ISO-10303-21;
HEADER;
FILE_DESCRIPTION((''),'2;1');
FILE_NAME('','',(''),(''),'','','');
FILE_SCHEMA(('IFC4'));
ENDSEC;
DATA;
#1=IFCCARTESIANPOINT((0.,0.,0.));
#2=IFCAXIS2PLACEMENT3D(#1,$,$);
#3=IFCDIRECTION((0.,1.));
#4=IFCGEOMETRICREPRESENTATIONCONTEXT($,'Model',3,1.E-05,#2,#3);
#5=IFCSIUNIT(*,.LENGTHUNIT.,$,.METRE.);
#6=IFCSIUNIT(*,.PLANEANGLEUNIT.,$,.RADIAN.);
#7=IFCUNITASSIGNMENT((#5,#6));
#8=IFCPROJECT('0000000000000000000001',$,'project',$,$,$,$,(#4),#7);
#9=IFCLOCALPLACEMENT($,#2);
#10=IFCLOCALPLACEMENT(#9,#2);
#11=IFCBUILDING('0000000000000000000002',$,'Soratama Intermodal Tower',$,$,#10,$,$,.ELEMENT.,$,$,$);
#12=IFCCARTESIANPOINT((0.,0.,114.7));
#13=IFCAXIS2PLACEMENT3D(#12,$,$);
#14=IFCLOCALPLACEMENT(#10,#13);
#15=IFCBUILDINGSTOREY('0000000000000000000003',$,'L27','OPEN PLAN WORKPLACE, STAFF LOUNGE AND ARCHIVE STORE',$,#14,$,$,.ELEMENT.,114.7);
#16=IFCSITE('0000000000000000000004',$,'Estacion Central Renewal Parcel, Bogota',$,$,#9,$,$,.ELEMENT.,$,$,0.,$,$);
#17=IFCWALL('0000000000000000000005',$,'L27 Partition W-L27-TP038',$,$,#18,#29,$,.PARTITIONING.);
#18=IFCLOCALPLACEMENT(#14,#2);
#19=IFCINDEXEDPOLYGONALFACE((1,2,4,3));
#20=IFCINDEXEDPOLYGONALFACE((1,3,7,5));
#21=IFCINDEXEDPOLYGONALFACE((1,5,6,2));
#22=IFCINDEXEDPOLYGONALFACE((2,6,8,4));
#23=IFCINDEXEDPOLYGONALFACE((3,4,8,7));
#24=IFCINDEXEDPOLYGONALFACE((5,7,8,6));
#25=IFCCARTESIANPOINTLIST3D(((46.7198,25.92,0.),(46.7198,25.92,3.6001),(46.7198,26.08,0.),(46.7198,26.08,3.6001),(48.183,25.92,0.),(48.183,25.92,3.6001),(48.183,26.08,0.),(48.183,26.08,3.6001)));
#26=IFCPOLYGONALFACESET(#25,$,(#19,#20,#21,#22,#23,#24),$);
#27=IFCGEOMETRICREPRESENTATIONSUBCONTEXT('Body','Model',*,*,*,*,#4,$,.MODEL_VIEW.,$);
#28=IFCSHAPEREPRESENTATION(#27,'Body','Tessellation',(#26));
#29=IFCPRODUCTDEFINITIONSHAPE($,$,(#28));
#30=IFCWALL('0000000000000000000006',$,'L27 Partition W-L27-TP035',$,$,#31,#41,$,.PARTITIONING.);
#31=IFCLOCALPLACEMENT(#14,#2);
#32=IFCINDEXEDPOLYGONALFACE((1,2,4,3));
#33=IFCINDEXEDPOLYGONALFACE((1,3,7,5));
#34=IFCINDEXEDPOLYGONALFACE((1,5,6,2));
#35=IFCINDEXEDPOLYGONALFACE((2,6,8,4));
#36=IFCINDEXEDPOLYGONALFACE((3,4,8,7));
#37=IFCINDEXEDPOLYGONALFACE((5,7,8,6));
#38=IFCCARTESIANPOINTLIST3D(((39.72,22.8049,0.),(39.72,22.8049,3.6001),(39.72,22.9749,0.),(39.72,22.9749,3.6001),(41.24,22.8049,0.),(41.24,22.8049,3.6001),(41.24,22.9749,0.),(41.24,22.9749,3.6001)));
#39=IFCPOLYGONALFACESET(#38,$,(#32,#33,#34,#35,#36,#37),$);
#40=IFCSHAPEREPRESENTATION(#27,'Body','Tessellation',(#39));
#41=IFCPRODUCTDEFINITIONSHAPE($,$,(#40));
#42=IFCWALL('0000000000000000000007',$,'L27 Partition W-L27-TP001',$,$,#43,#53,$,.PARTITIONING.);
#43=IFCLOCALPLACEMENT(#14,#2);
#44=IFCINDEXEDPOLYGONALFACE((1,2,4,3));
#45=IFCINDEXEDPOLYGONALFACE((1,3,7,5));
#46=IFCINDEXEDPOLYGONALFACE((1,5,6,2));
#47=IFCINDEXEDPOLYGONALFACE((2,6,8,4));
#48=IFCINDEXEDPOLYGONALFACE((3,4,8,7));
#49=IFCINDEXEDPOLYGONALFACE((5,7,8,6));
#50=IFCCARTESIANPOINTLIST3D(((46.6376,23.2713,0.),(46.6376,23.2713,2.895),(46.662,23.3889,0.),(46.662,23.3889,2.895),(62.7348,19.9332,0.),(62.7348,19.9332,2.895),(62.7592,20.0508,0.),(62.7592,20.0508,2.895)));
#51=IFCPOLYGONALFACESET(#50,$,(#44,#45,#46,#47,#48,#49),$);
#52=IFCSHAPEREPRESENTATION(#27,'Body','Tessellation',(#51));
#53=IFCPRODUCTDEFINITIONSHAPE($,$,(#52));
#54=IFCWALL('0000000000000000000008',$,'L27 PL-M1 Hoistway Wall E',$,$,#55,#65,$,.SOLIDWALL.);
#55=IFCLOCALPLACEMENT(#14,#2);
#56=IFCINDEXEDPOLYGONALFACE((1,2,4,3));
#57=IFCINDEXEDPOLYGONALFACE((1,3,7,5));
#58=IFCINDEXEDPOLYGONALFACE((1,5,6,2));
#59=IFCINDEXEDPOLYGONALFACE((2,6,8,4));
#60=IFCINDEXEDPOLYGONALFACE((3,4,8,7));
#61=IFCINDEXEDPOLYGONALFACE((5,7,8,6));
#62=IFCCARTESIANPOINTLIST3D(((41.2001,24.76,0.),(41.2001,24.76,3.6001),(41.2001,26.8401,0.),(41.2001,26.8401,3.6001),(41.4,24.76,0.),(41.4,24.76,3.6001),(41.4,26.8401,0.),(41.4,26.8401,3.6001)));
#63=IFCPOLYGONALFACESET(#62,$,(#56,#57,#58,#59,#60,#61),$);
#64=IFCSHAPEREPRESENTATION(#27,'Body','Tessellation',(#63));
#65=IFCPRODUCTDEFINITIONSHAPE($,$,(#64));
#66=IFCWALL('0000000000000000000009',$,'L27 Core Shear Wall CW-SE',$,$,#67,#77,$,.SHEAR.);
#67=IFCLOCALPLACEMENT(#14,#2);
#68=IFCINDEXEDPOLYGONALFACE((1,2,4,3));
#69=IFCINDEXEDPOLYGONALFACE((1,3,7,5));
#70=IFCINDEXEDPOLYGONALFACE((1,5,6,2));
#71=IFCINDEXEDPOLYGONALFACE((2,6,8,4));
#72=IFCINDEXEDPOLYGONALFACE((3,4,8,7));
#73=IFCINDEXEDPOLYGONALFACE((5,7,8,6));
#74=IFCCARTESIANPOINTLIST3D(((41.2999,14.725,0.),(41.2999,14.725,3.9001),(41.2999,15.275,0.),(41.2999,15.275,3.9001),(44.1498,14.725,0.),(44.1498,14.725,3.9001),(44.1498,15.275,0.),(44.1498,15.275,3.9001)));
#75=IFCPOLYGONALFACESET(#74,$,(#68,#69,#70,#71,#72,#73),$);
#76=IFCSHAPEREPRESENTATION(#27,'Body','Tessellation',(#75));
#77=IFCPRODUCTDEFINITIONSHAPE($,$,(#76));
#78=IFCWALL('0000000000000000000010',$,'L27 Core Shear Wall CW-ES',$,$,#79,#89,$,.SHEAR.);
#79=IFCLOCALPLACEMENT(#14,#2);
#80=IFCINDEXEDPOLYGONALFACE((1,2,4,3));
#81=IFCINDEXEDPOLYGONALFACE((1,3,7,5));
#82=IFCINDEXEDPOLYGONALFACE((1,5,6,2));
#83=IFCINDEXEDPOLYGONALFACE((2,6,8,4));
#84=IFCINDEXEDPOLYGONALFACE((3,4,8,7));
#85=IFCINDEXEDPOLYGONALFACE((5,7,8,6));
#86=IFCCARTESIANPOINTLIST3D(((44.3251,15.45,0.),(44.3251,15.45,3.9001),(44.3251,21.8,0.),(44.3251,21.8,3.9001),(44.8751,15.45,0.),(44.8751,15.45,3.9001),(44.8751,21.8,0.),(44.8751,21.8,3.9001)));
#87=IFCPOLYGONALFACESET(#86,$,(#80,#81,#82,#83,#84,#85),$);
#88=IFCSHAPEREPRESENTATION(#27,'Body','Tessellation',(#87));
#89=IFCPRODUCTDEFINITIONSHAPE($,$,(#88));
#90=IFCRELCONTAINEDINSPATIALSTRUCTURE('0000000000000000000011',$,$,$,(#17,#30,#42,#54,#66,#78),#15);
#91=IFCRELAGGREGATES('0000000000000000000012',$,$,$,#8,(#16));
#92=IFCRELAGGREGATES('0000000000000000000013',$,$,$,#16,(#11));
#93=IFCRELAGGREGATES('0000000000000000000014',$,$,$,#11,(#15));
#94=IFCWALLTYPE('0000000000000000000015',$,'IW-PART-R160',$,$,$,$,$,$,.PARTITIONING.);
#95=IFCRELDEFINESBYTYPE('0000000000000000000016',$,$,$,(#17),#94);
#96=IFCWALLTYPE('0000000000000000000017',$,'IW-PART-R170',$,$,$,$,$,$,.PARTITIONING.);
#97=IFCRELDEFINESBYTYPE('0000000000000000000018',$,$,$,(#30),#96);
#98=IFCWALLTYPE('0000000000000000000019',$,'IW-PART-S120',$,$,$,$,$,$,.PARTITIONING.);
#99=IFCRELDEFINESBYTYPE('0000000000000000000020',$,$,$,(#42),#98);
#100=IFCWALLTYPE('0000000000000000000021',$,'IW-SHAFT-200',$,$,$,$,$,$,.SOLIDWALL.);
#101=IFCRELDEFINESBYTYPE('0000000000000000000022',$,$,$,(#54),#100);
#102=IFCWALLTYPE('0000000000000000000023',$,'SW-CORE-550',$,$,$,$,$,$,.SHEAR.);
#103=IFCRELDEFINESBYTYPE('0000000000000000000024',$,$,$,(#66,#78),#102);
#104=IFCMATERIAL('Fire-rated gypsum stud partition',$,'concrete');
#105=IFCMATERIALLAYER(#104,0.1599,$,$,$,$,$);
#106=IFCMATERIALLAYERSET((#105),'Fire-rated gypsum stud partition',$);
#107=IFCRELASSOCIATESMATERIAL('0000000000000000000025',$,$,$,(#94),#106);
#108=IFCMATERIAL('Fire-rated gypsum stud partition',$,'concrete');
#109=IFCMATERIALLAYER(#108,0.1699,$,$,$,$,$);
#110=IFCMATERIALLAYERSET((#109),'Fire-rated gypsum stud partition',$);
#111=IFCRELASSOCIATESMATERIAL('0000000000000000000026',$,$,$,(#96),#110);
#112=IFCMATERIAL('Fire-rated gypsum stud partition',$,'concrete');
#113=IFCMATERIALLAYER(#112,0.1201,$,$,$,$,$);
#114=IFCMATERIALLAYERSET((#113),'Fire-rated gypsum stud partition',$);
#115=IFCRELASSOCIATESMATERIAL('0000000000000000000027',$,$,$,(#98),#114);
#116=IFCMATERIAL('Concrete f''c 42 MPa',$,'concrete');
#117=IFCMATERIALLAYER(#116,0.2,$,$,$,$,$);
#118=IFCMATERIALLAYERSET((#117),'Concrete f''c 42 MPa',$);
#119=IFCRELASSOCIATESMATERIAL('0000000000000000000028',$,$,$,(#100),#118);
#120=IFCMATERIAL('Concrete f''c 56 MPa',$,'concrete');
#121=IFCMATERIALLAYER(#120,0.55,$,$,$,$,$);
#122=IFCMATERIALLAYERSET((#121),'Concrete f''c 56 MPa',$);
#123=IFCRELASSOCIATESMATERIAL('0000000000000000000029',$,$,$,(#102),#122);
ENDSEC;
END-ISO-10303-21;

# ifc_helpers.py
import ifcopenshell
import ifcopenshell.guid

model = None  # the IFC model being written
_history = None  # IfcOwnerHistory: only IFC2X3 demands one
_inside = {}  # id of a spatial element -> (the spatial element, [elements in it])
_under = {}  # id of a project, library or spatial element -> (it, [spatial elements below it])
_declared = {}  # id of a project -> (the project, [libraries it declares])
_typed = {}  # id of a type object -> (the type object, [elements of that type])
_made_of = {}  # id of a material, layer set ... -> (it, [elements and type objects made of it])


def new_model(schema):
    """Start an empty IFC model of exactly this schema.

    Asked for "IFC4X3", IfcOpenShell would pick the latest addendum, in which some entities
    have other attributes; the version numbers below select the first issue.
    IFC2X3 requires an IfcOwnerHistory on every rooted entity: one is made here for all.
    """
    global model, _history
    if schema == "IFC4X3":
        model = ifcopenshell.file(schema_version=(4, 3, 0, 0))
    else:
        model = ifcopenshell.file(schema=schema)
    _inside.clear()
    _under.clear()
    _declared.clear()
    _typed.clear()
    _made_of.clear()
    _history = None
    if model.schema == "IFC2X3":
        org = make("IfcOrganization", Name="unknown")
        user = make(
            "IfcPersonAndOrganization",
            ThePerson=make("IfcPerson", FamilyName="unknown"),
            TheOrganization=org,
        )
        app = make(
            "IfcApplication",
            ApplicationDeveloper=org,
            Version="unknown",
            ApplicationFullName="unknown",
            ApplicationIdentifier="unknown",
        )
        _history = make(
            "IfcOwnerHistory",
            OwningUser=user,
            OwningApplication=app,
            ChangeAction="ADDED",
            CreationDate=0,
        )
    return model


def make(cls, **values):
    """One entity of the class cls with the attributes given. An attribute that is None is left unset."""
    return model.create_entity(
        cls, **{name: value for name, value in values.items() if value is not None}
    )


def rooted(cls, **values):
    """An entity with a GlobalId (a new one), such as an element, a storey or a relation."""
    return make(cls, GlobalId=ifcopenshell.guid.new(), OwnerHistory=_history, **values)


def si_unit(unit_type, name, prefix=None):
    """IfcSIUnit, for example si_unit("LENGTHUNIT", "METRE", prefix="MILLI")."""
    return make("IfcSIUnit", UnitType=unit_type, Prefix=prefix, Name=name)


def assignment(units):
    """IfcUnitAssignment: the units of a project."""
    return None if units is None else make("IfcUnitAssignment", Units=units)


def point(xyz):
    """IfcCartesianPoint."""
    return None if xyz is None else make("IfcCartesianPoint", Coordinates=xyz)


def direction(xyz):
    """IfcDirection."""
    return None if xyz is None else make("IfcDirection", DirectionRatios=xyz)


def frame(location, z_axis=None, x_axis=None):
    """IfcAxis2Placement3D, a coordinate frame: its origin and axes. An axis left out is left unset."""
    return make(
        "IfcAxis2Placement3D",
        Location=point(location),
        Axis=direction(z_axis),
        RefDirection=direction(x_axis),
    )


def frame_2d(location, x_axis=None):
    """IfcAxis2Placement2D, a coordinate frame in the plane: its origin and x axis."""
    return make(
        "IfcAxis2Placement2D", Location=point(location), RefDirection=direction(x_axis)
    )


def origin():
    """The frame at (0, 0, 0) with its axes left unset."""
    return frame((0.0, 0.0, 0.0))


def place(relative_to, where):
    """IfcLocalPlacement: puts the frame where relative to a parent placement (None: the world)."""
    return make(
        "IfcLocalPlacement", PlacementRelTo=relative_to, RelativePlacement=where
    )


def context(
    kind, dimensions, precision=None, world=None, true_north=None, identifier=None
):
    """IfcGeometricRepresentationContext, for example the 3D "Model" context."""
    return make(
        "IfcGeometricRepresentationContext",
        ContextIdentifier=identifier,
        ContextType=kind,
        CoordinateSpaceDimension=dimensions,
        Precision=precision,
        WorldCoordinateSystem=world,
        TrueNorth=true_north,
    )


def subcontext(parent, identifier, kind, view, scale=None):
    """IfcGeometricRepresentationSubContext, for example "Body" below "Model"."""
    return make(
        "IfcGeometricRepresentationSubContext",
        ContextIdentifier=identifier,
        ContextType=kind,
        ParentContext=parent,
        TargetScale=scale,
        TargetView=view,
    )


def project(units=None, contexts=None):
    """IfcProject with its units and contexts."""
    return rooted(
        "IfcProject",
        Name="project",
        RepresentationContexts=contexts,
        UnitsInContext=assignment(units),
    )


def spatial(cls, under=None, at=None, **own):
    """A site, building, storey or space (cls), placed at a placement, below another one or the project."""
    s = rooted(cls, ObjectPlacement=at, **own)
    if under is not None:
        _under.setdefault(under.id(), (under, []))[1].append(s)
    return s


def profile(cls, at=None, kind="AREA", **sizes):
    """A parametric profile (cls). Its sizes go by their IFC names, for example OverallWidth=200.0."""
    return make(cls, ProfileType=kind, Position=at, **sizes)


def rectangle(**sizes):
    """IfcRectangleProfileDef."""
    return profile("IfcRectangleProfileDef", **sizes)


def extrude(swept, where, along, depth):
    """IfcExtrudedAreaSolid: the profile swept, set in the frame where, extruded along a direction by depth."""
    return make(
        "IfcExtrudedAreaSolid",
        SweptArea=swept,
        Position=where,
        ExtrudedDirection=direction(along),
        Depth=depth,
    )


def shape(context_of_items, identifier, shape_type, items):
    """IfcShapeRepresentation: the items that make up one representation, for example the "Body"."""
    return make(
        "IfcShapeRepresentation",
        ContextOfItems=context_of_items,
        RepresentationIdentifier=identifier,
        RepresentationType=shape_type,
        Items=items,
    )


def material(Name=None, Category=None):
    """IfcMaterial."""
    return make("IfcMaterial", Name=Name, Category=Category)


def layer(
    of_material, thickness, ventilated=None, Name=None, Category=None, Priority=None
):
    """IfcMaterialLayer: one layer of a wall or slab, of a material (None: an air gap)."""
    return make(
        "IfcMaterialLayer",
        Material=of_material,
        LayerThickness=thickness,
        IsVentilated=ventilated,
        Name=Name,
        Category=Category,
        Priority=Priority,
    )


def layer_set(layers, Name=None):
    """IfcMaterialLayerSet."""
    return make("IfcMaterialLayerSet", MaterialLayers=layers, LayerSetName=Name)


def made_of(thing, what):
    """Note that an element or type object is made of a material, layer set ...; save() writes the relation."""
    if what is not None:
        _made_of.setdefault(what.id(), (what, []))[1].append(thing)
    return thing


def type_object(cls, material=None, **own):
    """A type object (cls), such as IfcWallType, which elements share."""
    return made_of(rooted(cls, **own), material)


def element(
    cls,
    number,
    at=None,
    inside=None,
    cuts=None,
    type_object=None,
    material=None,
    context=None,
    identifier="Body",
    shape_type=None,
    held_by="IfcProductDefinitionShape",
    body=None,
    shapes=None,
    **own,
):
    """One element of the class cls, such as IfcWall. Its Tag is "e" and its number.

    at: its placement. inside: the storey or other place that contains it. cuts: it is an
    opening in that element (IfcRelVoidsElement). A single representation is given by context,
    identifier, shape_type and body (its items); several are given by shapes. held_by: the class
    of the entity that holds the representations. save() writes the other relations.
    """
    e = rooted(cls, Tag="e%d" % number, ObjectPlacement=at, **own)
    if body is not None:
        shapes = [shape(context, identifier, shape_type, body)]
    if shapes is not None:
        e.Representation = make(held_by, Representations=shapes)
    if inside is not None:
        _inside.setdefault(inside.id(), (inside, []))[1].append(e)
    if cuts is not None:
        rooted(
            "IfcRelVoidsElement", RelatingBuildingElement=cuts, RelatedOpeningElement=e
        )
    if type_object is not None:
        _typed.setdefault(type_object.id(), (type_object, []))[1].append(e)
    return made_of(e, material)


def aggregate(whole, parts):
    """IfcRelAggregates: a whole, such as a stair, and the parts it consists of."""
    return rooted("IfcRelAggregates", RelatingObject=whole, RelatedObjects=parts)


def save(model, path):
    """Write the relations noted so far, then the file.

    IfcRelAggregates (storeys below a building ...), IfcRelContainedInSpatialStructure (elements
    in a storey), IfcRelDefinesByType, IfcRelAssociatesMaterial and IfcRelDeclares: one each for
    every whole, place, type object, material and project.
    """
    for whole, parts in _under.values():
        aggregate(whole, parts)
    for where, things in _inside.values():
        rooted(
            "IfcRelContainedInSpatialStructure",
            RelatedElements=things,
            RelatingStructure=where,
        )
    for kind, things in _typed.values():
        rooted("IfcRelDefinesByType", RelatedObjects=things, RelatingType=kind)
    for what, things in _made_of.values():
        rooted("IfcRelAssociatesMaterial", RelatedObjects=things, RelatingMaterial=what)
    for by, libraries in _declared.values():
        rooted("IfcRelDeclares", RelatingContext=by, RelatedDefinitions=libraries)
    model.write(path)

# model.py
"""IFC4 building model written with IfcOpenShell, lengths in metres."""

from ifc_helpers import new_model, si_unit, direction, frame, frame_2d, origin, place, context, subcontext, project, spatial, rectangle, extrude, material, layer, layer_set, type_object, element, save


model = new_model("IFC4")

# Units and contexts
model_context = context("Model", 3, precision=1e-05, world=origin(), true_north=direction((0.0, 1.0)))
body_context = subcontext(model_context, "Body", "Model", "MODEL_VIEW")
ifc_project = project(units=[si_unit("LENGTHUNIT", "METRE"), si_unit("PLANEANGLEUNIT", "RADIAN")], contexts=[model_context])

# Site, building, storey
site_placement = place(None, origin())
site = spatial("IfcSite", under=ifc_project, at=site_placement, Name="Estacion Central Renewal Parcel, Bogota", CompositionType="ELEMENT", RefElevation=0.0)
building_placement = place(site_placement, origin())
building = spatial("IfcBuilding", under=site, at=building_placement, Name="Soratama Intermodal Tower", CompositionType="ELEMENT")
storey_placement = place(building_placement, frame((0.0, 0.0, 114.7)))
storey = spatial("IfcBuildingStorey", under=building, at=storey_placement, Name="L27", Description="OPEN PLAN WORKPLACE, STAFF LOUNGE AND ARCHIVE STORE", CompositionType="ELEMENT", Elevation=114.7)

# Shared definitions
ifc_material_1 = material(Name="Fire-rated gypsum stud partition", Category="concrete")
ifc_layer_1 = layer(ifc_material_1, 0.1599)
ifc_layer_set_1 = layer_set([ifc_layer_1], Name="Fire-rated gypsum stud partition")
wall_type_1 = type_object("IfcWallType", Name="IW-PART-R160", PredefinedType="PARTITIONING", material=ifc_layer_set_1)

# Wall
wall_1_placement = place(storey_placement, frame((46.72, 26.0, 0.0), z_axis=(0.0, 0.0, 1.0), x_axis=(1.0, 0.0, 0.0)))
element("IfcWall", 1, at=wall_1_placement, inside=storey, type_object=wall_type_1, Name="L27 Partition W-L27-TP038", PredefinedType="PARTITIONING", context=body_context, shape_type="SweptSolid", body=[
    extrude(rectangle(XDim=1.4631, YDim=0.1599, at=frame_2d((0.7314, 0.0))), origin(), (0.0, 0.0, 1.0), 3.6001),
])

# Shared definitions
ifc_material_2 = material(Name="Fire-rated gypsum stud partition", Category="concrete")
ifc_layer_2 = layer(ifc_material_2, 0.1699)
ifc_layer_set_2 = layer_set([ifc_layer_2], Name="Fire-rated gypsum stud partition")
wall_type_2 = type_object("IfcWallType", Name="IW-PART-R170", PredefinedType="PARTITIONING", material=ifc_layer_set_2)

# Walls
wall_2_placement = place(storey_placement, frame((39.72, 22.8899, 0.0), z_axis=(0.0, 0.0, 1.0), x_axis=(1.0, 0.0, 0.0)))
element("IfcWall", 2, at=wall_2_placement, inside=storey, type_object=wall_type_2, Name="L27 Partition W-L27-TP035", PredefinedType="PARTITIONING", context=body_context, shape_type="SweptSolid", body=[
    extrude(rectangle(XDim=1.52, YDim=0.1699, at=frame_2d((0.76, 0.0))), origin(), (0.0, 0.0, 1.0), 3.6001),
])
ifc_material_3 = material(Name="Fire-rated gypsum stud partition", Category="concrete")
ifc_layer_3 = layer(ifc_material_3, 0.1201)
ifc_layer_set_3 = layer_set([ifc_layer_3], Name="Fire-rated gypsum stud partition")
wall_type_3 = type_object("IfcWallType", Name="IW-PART-S120", PredefinedType="PARTITIONING", material=ifc_layer_set_3)
wall_3_placement = place(storey_placement, frame((46.6499, 23.3301, 0.0), z_axis=(0.0, 0.0, 1.0), x_axis=(0.979168, -0.203054, 0.0)))
element("IfcWall", 3, at=wall_3_placement, inside=storey, type_object=wall_type_3, Name="L27 Partition W-L27-TP001", PredefinedType="PARTITIONING", context=body_context, shape_type="SweptSolid", body=[
    extrude(rectangle(XDim=16.4397, YDim=0.1201, at=frame_2d((8.2197, 0.0))), origin(), (0.0, 0.0, 1.0), 2.895),
])
ifc_material_4 = material(Name="Concrete f'c 42 MPa", Category="concrete")
ifc_layer_4 = layer(ifc_material_4, 0.2)
ifc_layer_set_4 = layer_set([ifc_layer_4], Name="Concrete f'c 42 MPa")
wall_type_4 = type_object("IfcWallType", Name="IW-SHAFT-200", PredefinedType="SOLIDWALL", material=ifc_layer_set_4)
wall_4_placement = place(storey_placement, frame((41.3, 24.76, 0.0), z_axis=(0.0, 0.0, 1.0), x_axis=(0.0, 1.0, 0.0)))
element("IfcWall", 4, at=wall_4_placement, inside=storey, type_object=wall_type_4, Name="L27 PL-M1 Hoistway Wall E", PredefinedType="SOLIDWALL", context=body_context, shape_type="SweptSolid", body=[
    extrude(rectangle(XDim=2.0801, YDim=0.2, at=frame_2d((1.04, 0.0))), origin(), (0.0, 0.0, 1.0), 3.6001),
])
ifc_material_5 = material(Name="Concrete f'c 56 MPa", Category="concrete")
ifc_layer_5 = layer(ifc_material_5, 0.55)
ifc_layer_set_5 = layer_set([ifc_layer_5], Name="Concrete f'c 56 MPa")
wall_type_5 = type_object("IfcWallType", Name="SW-CORE-550", PredefinedType="SHEAR", material=ifc_layer_set_5)
wall_5_placement = place(storey_placement, frame((41.3, 15.0, 0.0), z_axis=(0.0, 0.0, 1.0), x_axis=(1.0, 0.0, 0.0)))
element("IfcWall", 5, at=wall_5_placement, inside=storey, type_object=wall_type_5, Name="L27 Core Shear Wall CW-SE", PredefinedType="SHEAR", context=body_context, shape_type="SweptSolid", body=[
    extrude(rectangle(XDim=2.8499, YDim=0.55, at=frame_2d((1.4248, 0.0))), origin(), (0.0, 0.0, 1.0), 3.9001),
])
wall_6_placement = place(storey_placement, frame((44.6001, 15.45, 0.0), z_axis=(0.0, 0.0, 1.0), x_axis=(0.0, 1.0, 0.0)))
element("IfcWall", 6, at=wall_6_placement, inside=storey, type_object=wall_type_5, Name="L27 Core Shear Wall CW-ES", PredefinedType="SHEAR", context=body_context, shape_type="SweptSolid", body=[
    extrude(rectangle(XDim=6.3501, YDim=0.55, at=frame_2d((3.175, 0.0))), origin(), (0.0, 0.0, 1.0), 3.9001),
])

save(model, "model.ifc")
